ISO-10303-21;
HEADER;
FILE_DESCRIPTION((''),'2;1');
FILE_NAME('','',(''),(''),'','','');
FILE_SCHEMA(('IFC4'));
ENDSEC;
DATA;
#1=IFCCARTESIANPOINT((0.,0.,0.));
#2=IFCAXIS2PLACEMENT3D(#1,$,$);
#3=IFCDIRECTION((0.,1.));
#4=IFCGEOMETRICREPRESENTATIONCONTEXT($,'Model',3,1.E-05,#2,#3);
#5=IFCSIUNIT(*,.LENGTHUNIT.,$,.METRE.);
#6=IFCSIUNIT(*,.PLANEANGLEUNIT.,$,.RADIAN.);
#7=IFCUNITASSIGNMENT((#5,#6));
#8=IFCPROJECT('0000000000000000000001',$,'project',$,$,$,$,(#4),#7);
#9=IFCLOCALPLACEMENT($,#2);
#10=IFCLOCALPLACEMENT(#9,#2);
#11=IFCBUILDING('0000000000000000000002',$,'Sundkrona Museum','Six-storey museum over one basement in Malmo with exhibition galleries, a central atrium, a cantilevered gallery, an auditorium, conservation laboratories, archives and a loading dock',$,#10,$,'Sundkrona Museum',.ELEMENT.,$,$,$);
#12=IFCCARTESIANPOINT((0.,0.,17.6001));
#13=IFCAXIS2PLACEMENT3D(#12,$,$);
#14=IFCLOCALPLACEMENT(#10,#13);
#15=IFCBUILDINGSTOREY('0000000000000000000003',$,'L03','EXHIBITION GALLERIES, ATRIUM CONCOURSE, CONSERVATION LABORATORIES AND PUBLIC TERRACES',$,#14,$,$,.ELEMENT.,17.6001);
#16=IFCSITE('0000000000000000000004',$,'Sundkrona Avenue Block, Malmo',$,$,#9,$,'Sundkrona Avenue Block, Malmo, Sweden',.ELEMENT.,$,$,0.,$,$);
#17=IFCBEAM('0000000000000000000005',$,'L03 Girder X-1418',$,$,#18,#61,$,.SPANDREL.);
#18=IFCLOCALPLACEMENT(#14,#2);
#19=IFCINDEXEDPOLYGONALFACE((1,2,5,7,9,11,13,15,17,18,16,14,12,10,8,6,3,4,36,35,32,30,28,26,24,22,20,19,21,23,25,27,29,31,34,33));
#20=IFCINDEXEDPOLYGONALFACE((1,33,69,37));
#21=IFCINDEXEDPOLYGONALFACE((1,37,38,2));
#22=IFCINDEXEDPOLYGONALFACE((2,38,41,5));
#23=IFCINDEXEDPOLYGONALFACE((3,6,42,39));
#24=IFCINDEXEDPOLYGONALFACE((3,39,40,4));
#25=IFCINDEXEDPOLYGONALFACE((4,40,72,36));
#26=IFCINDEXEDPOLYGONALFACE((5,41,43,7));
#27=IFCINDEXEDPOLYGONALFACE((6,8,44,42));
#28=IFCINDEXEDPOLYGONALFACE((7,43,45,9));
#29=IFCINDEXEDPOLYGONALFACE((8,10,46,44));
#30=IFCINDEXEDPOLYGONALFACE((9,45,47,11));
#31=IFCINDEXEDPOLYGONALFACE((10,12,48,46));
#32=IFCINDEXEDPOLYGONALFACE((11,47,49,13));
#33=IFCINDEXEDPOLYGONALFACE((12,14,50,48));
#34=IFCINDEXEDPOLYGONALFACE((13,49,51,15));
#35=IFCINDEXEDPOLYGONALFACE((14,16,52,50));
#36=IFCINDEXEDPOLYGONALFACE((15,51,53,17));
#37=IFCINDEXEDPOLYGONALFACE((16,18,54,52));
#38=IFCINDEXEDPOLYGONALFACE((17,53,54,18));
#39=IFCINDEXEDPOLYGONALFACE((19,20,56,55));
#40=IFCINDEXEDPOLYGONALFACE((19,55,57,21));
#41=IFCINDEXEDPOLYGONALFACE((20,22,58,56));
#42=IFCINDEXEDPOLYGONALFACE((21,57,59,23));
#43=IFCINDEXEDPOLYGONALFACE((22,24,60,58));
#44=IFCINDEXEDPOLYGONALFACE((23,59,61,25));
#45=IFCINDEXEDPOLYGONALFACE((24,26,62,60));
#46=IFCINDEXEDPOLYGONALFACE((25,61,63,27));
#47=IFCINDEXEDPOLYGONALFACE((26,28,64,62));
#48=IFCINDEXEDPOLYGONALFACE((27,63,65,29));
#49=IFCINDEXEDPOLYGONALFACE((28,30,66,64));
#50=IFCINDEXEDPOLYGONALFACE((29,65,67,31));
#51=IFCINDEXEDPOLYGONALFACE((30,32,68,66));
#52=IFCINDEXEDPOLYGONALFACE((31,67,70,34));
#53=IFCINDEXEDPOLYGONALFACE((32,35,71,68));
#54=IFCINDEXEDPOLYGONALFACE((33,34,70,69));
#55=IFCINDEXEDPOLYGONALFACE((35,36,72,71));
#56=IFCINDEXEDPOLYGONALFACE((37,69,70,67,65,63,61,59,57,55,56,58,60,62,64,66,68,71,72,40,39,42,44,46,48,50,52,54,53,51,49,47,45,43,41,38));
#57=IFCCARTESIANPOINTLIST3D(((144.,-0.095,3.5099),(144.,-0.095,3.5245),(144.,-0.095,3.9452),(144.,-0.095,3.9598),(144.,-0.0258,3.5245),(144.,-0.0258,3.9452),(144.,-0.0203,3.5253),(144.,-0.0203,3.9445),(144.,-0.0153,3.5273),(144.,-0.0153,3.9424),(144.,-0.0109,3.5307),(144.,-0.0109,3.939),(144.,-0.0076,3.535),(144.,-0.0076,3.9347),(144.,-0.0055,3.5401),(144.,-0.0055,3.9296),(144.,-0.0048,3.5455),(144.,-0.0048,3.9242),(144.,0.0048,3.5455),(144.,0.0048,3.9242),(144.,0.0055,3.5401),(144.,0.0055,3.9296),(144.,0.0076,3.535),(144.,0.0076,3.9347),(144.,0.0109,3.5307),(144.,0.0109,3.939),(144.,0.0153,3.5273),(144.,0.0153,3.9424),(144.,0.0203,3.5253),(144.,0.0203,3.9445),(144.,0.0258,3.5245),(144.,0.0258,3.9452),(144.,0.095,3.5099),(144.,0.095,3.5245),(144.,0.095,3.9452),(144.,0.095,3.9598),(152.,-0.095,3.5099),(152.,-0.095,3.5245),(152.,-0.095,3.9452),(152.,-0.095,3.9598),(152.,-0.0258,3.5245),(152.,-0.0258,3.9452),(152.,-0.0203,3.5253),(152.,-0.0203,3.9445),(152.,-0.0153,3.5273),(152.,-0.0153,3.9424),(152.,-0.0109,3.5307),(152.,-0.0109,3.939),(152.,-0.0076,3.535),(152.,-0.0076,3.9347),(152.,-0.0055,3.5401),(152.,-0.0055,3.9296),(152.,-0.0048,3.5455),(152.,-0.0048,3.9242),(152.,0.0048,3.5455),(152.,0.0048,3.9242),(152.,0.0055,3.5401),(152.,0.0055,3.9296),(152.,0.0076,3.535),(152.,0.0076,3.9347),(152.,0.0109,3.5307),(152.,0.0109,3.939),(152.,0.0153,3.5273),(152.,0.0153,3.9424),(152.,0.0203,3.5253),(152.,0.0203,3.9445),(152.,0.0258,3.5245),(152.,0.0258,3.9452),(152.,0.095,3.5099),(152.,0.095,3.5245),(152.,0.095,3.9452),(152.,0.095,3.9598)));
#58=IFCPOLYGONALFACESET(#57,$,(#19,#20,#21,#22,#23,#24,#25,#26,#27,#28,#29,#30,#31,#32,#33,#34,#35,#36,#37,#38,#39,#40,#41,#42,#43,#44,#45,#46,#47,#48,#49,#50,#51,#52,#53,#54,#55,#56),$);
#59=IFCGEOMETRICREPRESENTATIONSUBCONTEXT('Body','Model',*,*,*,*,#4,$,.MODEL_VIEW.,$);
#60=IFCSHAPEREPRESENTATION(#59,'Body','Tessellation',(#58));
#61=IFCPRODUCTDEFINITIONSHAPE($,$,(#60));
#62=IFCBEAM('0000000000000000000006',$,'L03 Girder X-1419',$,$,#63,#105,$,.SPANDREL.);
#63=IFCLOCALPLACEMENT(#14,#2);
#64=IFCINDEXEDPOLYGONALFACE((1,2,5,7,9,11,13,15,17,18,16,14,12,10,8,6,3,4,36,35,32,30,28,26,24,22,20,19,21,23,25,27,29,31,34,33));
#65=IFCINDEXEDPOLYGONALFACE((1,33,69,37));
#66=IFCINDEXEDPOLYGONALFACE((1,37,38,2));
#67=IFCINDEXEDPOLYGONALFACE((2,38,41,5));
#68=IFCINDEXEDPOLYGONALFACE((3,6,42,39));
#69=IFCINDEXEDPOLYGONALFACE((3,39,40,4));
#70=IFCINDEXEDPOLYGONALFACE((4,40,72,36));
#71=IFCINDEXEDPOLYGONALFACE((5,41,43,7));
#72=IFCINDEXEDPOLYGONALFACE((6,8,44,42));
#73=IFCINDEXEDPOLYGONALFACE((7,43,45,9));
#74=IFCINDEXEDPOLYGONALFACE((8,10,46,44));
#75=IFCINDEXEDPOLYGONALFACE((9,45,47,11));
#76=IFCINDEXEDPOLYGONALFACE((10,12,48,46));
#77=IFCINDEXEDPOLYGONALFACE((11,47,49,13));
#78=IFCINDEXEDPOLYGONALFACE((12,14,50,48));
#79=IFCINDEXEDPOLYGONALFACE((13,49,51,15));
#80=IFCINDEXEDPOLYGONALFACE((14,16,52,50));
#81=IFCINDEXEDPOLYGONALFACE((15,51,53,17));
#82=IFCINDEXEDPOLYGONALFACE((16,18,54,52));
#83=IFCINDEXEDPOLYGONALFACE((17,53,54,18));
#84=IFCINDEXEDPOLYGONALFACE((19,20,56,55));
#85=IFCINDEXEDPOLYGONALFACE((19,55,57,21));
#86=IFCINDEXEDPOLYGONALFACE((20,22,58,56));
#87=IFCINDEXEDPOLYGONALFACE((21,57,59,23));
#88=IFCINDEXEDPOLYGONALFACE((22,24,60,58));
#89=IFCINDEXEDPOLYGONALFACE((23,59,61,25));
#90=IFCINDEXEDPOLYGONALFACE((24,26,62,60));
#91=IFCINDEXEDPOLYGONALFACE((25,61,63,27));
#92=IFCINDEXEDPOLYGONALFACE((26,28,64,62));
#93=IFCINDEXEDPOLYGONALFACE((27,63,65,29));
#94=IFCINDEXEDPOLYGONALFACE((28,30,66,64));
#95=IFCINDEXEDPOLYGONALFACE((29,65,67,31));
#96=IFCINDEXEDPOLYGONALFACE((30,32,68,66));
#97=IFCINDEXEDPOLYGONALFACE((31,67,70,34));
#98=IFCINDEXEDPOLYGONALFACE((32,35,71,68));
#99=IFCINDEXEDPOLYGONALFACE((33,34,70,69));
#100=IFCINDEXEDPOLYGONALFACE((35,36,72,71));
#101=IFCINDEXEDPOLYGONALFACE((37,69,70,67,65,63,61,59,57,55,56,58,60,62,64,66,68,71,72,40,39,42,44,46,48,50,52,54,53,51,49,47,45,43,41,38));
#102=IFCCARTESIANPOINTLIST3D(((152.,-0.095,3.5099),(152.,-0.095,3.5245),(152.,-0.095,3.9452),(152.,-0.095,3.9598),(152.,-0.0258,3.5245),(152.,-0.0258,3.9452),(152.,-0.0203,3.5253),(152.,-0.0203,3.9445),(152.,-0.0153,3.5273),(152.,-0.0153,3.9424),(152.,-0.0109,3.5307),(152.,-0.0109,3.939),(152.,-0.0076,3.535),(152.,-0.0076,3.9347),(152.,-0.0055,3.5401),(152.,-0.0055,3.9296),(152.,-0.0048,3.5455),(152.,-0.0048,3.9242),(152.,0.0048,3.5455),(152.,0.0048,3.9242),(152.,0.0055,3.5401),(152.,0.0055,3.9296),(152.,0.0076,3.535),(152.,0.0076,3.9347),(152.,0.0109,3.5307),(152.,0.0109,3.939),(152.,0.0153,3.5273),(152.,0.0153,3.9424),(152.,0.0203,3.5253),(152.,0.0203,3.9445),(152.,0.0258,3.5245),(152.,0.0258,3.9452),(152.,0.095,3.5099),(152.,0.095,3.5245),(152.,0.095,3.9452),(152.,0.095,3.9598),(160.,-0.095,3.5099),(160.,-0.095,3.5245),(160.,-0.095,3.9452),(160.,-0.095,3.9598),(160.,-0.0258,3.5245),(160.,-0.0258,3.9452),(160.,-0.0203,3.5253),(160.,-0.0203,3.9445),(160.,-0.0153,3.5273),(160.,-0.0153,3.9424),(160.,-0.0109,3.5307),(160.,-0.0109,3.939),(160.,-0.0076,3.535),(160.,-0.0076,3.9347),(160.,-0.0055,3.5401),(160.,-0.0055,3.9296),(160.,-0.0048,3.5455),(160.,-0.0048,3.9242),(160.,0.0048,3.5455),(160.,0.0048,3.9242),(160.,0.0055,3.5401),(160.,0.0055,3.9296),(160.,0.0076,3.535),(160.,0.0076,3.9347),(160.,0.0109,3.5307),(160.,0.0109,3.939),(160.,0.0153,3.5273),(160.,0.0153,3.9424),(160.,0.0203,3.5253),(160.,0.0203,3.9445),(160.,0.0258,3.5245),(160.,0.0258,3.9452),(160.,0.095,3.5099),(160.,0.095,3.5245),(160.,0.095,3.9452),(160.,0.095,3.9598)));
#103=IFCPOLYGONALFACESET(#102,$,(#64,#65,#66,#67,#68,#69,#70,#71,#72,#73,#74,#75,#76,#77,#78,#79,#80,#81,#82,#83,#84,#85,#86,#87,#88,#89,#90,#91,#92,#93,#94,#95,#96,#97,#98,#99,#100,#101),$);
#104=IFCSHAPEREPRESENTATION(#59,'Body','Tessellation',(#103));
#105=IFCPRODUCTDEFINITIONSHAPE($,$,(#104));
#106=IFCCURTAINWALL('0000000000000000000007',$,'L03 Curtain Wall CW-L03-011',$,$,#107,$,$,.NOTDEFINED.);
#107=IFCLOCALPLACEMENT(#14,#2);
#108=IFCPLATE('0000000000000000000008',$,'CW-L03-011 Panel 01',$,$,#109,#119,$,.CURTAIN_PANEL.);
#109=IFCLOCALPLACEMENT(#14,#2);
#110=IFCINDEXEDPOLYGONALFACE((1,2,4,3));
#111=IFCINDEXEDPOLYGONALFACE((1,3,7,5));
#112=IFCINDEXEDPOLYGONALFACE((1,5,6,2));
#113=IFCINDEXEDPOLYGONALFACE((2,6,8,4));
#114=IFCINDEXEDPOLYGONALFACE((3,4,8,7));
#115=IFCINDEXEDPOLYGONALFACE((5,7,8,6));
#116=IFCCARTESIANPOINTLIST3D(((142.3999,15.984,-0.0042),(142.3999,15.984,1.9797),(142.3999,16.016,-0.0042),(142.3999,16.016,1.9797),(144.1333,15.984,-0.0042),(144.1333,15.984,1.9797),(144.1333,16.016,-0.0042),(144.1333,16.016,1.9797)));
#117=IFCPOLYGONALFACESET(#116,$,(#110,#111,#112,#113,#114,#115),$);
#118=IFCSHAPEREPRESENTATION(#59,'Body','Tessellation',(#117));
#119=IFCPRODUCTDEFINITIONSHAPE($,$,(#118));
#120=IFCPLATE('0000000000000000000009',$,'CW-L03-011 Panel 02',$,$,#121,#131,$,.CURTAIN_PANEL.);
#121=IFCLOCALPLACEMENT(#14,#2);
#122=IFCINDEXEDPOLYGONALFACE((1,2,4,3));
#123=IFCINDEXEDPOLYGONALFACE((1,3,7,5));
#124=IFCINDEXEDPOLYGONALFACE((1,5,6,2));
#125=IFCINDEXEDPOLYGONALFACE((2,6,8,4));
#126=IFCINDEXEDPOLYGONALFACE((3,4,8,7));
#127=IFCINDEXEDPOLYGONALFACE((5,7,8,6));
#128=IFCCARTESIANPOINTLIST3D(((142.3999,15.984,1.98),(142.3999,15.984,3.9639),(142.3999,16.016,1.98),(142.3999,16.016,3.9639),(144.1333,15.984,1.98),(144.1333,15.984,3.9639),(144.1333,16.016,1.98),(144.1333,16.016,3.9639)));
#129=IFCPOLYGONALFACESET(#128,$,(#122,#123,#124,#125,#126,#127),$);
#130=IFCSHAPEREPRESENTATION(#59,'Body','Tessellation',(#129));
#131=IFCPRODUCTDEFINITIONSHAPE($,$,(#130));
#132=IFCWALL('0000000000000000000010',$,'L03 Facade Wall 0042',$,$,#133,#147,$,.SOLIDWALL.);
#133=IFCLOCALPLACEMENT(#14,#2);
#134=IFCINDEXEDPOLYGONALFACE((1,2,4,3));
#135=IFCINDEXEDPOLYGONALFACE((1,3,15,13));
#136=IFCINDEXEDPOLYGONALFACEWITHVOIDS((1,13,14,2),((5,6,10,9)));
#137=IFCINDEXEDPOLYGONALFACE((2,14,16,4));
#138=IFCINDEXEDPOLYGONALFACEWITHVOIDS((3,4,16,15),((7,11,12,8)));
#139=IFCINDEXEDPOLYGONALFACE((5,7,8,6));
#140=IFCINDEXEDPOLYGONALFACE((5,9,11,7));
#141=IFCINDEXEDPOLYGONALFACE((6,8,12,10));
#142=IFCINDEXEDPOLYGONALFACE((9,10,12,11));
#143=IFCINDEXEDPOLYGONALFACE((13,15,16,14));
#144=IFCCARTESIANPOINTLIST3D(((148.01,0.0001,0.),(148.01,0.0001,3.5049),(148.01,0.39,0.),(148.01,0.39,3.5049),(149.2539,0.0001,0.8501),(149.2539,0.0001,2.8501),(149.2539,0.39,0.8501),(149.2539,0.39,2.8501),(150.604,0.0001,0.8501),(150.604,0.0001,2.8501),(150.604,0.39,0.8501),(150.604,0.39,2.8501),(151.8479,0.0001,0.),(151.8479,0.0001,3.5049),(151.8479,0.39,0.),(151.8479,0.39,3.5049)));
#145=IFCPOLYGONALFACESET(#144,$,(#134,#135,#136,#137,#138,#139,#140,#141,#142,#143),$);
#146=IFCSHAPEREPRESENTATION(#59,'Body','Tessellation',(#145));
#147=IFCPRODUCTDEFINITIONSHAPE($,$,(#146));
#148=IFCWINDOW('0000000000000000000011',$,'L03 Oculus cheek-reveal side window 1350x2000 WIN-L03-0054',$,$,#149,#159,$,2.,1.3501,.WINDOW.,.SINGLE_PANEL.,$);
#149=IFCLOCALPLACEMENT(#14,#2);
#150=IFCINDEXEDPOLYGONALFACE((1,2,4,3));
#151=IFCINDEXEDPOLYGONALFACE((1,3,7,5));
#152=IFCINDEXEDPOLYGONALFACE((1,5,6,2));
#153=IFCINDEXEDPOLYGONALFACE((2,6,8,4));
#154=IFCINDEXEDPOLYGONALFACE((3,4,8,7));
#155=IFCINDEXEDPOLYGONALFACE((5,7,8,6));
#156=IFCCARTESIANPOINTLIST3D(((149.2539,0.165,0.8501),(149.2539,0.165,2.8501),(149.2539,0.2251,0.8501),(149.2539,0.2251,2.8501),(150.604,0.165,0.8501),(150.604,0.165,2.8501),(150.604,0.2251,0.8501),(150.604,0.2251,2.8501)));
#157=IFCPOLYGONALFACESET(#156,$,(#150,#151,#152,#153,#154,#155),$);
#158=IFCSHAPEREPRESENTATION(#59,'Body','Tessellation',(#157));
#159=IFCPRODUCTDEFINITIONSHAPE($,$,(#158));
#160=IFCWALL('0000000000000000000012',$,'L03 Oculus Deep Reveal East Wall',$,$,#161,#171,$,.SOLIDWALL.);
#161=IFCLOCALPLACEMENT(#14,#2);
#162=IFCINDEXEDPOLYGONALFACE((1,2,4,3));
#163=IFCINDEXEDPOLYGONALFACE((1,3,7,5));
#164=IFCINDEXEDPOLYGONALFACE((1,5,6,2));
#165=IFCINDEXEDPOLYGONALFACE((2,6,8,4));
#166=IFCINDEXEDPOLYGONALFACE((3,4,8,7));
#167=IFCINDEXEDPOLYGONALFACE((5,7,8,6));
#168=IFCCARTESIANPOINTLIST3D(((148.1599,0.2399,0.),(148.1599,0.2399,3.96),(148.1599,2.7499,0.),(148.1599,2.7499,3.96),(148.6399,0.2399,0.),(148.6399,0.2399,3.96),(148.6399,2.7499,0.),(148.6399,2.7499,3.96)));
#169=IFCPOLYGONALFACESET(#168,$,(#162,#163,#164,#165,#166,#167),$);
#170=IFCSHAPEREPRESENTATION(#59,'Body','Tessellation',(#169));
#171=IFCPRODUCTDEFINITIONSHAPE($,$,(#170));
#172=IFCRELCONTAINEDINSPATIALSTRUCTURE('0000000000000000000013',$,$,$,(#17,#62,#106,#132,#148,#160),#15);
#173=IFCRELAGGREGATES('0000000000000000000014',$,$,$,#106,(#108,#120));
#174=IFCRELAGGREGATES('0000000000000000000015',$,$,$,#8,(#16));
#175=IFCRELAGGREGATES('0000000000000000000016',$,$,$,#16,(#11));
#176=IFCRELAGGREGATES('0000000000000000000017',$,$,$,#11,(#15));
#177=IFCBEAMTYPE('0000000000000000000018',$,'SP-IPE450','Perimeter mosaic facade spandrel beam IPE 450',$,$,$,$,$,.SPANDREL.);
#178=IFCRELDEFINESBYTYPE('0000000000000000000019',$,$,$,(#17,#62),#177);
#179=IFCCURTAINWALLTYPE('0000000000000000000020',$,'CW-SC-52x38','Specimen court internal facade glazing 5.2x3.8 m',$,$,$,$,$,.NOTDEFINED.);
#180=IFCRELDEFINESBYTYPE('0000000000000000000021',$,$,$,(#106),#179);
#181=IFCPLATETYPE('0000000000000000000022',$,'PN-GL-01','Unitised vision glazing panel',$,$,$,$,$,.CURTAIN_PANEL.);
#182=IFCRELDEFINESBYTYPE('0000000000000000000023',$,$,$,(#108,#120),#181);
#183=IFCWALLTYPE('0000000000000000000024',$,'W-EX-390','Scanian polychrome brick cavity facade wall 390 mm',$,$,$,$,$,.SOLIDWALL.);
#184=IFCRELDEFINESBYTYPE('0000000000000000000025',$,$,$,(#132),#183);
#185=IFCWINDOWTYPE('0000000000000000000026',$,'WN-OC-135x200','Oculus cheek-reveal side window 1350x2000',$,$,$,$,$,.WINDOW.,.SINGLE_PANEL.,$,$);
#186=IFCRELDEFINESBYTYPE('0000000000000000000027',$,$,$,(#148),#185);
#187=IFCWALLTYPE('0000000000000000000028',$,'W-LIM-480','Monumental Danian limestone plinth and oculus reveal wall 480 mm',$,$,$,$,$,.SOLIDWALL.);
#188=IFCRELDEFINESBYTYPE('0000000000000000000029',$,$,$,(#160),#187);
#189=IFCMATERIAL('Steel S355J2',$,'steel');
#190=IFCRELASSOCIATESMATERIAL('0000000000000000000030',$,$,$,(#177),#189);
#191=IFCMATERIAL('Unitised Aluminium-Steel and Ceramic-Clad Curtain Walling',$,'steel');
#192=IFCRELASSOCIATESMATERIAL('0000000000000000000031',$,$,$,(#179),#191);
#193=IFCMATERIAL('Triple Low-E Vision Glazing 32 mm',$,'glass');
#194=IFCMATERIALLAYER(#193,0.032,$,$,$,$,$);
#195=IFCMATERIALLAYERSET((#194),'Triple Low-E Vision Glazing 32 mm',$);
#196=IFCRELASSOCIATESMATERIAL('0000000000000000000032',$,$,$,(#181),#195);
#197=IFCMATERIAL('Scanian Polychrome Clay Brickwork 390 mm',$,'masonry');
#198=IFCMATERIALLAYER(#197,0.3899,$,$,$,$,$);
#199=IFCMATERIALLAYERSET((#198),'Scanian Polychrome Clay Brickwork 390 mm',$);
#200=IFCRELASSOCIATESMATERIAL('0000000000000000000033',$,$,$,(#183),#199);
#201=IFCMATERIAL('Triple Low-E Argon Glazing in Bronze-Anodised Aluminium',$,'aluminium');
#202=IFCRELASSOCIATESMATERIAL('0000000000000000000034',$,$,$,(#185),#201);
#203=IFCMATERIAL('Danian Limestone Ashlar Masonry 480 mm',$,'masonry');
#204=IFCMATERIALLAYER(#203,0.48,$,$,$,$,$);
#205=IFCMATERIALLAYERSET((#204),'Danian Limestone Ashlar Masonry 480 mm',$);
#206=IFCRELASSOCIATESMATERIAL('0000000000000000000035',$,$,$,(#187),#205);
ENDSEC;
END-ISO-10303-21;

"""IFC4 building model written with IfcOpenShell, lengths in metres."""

from ifc_helpers import new_model, si_unit, direction, frame, frame_2d, origin, origin_2d, place, context, subcontext, project, spatial, rectangle, i_section, extrude, material, layer, layer_set, material_profile, profile_set, type_object, element, fill, aggregate, save


model = new_model("IFC4")

# Units and contexts
model_context = context("Model", 3, precision=1e-05, world=origin(), true_north=direction((0.0, 1.0)))
body_context = subcontext(model_context, "Body", "Model", "MODEL_VIEW")
ifc_project = project(units=[si_unit("LENGTHUNIT", "METRE"), si_unit("PLANEANGLEUNIT", "RADIAN")], contexts=[model_context])

# Site, building, storey
site_placement = place(None, origin())
site = spatial("IfcSite", under=ifc_project, at=site_placement, Name="Sundkrona Avenue Block, Malmo", LongName="Sundkrona Avenue Block, Malmo, Sweden", CompositionType="ELEMENT", RefElevation=0.0)
building_placement = place(site_placement, origin())
building = spatial("IfcBuilding", under=site, at=building_placement, Name="Sundkrona Museum", Description="Six-storey museum over one basement in Malmo with exhibition galleries, a central atrium, a cantilevered gallery, an auditorium, conservation laboratories, archives and a loading dock", LongName="Sundkrona Museum", CompositionType="ELEMENT")
storey_placement = place(building_placement, frame((0.0, 0.0, 17.6001)))
storey = spatial("IfcBuildingStorey", under=building, at=storey_placement, Name="L03", Description="EXHIBITION GALLERIES, ATRIUM CONCOURSE, CONSERVATION LABORATORIES AND PUBLIC TERRACES", CompositionType="ELEMENT", Elevation=17.6001)

# Shared definitions
ifc_material_1 = material(Name="Steel S355J2", Category="steel")

# Beams
ifc_material_profile_1 = material_profile(ifc_material_1, i_section(OverallWidth=0.1899, OverallDepth=0.45, WebThickness=0.0095, FlangeThickness=0.0146, FilletRadius=0.021, at=origin_2d()), Name="IPE 450")
ifc_profile_set_1 = profile_set([ifc_material_profile_1], Name="Steel S355J2")
beam_type_1 = type_object("IfcBeamType", Name="SP-IPE450", Description="Perimeter mosaic facade spandrel beam IPE 450", PredefinedType="SPANDREL", material=ifc_profile_set_1)
for number, where, z_axis, x_axis, name in (
    (1, (144.0, 0.0, 3.7349), (1.0, 0.0, 0.0), (0.0, 1.0, 0.0), "L03 Girder X-1418"),
    (2, (152.0, 0.0, 3.7349), (1.0, 0.0, 0.0), (0.0, 1.0, 0.0), "L03 Girder X-1419"),
):
    element("IfcBeam", number, at=place(storey_placement, frame(where, z_axis=z_axis, x_axis=x_axis)), inside=storey, type_object=beam_type_1, Name=name, PredefinedType="SPANDREL", context=body_context, shape_type="SweptSolid", body=[
        extrude(i_section(OverallWidth=0.1899, OverallDepth=0.45, WebThickness=0.0095, FlangeThickness=0.0146, FilletRadius=0.021, at=origin_2d()), origin(), (0.0, 0.0, 1.0), 8.0),
    ])

# Curtain wall, plates
ifc_material_2 = material(Name="Unitised Aluminium-Steel and Ceramic-Clad Curtain Walling", Category="steel")
curtain_wall_type = type_object("IfcCurtainWallType", Name="CW-SC-52x38", Description="Specimen court internal facade glazing 5.2x3.8 m", PredefinedType="NOTDEFINED", material=ifc_material_2)
curtain_wall_placement = place(storey_placement, origin())
curtain_wall = element("IfcCurtainWall", 3, at=curtain_wall_placement, inside=storey, type_object=curtain_wall_type, Name="L03 Curtain Wall CW-L03-011", PredefinedType="NOTDEFINED")
ifc_material_3 = material(Name="Triple Low-E Vision Glazing 32 mm", Category="glass")
ifc_layer_1 = layer(ifc_material_3, 0.032)
ifc_layer_set_1 = layer_set([ifc_layer_1], Name="Triple Low-E Vision Glazing 32 mm")
plate_type = type_object("IfcPlateType", Name="PN-GL-01", Description="Unitised vision glazing panel", PredefinedType="CURTAIN_PANEL", material=ifc_layer_set_1)
plate_1_placement = place(storey_placement, frame((143.2666, 16.0, -0.0042), z_axis=(0.0, 0.0, 1.0), x_axis=(1.0, 0.0, 0.0)))
plate_1 = element("IfcPlate", 4, at=plate_1_placement, type_object=plate_type, Name="CW-L03-011 Panel 01", PredefinedType="CURTAIN_PANEL", context=body_context, shape_type="SweptSolid", body=[
    extrude(rectangle(XDim=1.7334, YDim=0.032, at=origin_2d()), origin(), (0.0, 0.0, 1.0), 1.9839),
])
plate_2_placement = place(storey_placement, frame((143.2666, 16.0, 1.98), z_axis=(0.0, 0.0, 1.0), x_axis=(1.0, 0.0, 0.0)))
plate_2 = element("IfcPlate", 5, at=plate_2_placement, type_object=plate_type, Name="CW-L03-011 Panel 02", PredefinedType="CURTAIN_PANEL", context=body_context, shape_type="SweptSolid", body=[
    extrude(rectangle(XDim=1.7334, YDim=0.032, at=origin_2d()), origin(), (0.0, 0.0, 1.0), 1.9839),
])
aggregate(curtain_wall, [plate_1, plate_2])

# Wall, opening, window
ifc_material_4 = material(Name="Scanian Polychrome Clay Brickwork 390 mm", Category="masonry")
ifc_layer_2 = layer(ifc_material_4, 0.3899)
ifc_layer_set_2 = layer_set([ifc_layer_2], Name="Scanian Polychrome Clay Brickwork 390 mm")
wall_type_1 = type_object("IfcWallType", Name="W-EX-390", Description="Scanian polychrome brick cavity facade wall 390 mm", PredefinedType="SOLIDWALL", material=ifc_layer_set_2)
wall_1_placement = place(storey_placement, frame((151.8479, 0.1951, 0.0), z_axis=(0.0, 0.0, 1.0), x_axis=(-1.0, 0.0, 0.0)))
wall_1 = element("IfcWall", 6, at=wall_1_placement, inside=storey, type_object=wall_type_1, Name="L03 Facade Wall 0042", PredefinedType="SOLIDWALL", context=body_context, shape_type="SweptSolid", body=[
    extrude(rectangle(XDim=3.8379, YDim=0.3899, at=frame_2d((1.9189, 0.0))), origin(), (0.0, 0.0, 1.0), 3.5049),
])
opening_1_placement = place(wall_1_placement, frame((1.2439, 0.0, 0.8501)))
opening_1 = element("IfcOpeningElement", 7, at=opening_1_placement, cuts=wall_1, PredefinedType="OPENING", context=body_context, shape_type="SweptSolid", body=[
    extrude(rectangle(XDim=1.3501, YDim=2.0, at=frame_2d((0.675, 1.0))), frame((0.0, 0.2048, 0.0), z_axis=(0.0, -1.0, 0.0), x_axis=(1.0, 0.0, 0.0)), (0.0, 0.0, 1.0), 0.4099),
])
ifc_material_5 = material(Name="Triple Low-E Argon Glazing in Bronze-Anodised Aluminium", Category="aluminium")
window_type = type_object("IfcWindowType", Name="WN-OC-135x200", Description="Oculus cheek-reveal side window 1350x2000", PartitioningType="SINGLE_PANEL", PredefinedType="WINDOW", material=ifc_material_5)
window_placement = place(opening_1_placement, origin())
window = element("IfcWindow", 8, at=window_placement, inside=storey, type_object=window_type, Name="L03 Oculus cheek-reveal side window 1350x2000 WIN-L03-0054", OverallHeight=2.0, OverallWidth=1.3501, PartitioningType="SINGLE_PANEL", PredefinedType="WINDOW", context=body_context, shape_type="SweptSolid", body=[
    extrude(rectangle(XDim=1.3501, YDim=2.0, at=frame_2d((0.675, 1.0))), frame((0.0, 0.03, 0.0), z_axis=(0.0, -1.0, 0.0), x_axis=(1.0, 0.0, 0.0)), (0.0, 0.0, 1.0), 0.0601),
])
fill(opening_1, window)

# Wall
ifc_material_6 = material(Name="Danian Limestone Ashlar Masonry 480 mm", Category="masonry")
ifc_layer_3 = layer(ifc_material_6, 0.48)
ifc_layer_set_3 = layer_set([ifc_layer_3], Name="Danian Limestone Ashlar Masonry 480 mm")
wall_type_2 = type_object("IfcWallType", Name="W-LIM-480", Description="Monumental Danian limestone plinth and oculus reveal wall 480 mm", PredefinedType="SOLIDWALL", material=ifc_layer_set_3)
wall_2_placement = place(storey_placement, frame((148.3999, 0.24, 0.0), z_axis=(0.0, 0.0, 1.0), x_axis=(0.0, 1.0, 0.0)))
element("IfcWall", 9, at=wall_2_placement, inside=storey, type_object=wall_type_2, Name="L03 Oculus Deep Reveal East Wall", PredefinedType="SOLIDWALL", context=body_context, shape_type="SweptSolid", body=[
    extrude(rectangle(XDim=2.51, YDim=0.48, at=frame_2d((1.2549, 0.0))), origin(), (0.0, 0.0, 1.0), 3.96),
])

save(model, "model.ifc")
